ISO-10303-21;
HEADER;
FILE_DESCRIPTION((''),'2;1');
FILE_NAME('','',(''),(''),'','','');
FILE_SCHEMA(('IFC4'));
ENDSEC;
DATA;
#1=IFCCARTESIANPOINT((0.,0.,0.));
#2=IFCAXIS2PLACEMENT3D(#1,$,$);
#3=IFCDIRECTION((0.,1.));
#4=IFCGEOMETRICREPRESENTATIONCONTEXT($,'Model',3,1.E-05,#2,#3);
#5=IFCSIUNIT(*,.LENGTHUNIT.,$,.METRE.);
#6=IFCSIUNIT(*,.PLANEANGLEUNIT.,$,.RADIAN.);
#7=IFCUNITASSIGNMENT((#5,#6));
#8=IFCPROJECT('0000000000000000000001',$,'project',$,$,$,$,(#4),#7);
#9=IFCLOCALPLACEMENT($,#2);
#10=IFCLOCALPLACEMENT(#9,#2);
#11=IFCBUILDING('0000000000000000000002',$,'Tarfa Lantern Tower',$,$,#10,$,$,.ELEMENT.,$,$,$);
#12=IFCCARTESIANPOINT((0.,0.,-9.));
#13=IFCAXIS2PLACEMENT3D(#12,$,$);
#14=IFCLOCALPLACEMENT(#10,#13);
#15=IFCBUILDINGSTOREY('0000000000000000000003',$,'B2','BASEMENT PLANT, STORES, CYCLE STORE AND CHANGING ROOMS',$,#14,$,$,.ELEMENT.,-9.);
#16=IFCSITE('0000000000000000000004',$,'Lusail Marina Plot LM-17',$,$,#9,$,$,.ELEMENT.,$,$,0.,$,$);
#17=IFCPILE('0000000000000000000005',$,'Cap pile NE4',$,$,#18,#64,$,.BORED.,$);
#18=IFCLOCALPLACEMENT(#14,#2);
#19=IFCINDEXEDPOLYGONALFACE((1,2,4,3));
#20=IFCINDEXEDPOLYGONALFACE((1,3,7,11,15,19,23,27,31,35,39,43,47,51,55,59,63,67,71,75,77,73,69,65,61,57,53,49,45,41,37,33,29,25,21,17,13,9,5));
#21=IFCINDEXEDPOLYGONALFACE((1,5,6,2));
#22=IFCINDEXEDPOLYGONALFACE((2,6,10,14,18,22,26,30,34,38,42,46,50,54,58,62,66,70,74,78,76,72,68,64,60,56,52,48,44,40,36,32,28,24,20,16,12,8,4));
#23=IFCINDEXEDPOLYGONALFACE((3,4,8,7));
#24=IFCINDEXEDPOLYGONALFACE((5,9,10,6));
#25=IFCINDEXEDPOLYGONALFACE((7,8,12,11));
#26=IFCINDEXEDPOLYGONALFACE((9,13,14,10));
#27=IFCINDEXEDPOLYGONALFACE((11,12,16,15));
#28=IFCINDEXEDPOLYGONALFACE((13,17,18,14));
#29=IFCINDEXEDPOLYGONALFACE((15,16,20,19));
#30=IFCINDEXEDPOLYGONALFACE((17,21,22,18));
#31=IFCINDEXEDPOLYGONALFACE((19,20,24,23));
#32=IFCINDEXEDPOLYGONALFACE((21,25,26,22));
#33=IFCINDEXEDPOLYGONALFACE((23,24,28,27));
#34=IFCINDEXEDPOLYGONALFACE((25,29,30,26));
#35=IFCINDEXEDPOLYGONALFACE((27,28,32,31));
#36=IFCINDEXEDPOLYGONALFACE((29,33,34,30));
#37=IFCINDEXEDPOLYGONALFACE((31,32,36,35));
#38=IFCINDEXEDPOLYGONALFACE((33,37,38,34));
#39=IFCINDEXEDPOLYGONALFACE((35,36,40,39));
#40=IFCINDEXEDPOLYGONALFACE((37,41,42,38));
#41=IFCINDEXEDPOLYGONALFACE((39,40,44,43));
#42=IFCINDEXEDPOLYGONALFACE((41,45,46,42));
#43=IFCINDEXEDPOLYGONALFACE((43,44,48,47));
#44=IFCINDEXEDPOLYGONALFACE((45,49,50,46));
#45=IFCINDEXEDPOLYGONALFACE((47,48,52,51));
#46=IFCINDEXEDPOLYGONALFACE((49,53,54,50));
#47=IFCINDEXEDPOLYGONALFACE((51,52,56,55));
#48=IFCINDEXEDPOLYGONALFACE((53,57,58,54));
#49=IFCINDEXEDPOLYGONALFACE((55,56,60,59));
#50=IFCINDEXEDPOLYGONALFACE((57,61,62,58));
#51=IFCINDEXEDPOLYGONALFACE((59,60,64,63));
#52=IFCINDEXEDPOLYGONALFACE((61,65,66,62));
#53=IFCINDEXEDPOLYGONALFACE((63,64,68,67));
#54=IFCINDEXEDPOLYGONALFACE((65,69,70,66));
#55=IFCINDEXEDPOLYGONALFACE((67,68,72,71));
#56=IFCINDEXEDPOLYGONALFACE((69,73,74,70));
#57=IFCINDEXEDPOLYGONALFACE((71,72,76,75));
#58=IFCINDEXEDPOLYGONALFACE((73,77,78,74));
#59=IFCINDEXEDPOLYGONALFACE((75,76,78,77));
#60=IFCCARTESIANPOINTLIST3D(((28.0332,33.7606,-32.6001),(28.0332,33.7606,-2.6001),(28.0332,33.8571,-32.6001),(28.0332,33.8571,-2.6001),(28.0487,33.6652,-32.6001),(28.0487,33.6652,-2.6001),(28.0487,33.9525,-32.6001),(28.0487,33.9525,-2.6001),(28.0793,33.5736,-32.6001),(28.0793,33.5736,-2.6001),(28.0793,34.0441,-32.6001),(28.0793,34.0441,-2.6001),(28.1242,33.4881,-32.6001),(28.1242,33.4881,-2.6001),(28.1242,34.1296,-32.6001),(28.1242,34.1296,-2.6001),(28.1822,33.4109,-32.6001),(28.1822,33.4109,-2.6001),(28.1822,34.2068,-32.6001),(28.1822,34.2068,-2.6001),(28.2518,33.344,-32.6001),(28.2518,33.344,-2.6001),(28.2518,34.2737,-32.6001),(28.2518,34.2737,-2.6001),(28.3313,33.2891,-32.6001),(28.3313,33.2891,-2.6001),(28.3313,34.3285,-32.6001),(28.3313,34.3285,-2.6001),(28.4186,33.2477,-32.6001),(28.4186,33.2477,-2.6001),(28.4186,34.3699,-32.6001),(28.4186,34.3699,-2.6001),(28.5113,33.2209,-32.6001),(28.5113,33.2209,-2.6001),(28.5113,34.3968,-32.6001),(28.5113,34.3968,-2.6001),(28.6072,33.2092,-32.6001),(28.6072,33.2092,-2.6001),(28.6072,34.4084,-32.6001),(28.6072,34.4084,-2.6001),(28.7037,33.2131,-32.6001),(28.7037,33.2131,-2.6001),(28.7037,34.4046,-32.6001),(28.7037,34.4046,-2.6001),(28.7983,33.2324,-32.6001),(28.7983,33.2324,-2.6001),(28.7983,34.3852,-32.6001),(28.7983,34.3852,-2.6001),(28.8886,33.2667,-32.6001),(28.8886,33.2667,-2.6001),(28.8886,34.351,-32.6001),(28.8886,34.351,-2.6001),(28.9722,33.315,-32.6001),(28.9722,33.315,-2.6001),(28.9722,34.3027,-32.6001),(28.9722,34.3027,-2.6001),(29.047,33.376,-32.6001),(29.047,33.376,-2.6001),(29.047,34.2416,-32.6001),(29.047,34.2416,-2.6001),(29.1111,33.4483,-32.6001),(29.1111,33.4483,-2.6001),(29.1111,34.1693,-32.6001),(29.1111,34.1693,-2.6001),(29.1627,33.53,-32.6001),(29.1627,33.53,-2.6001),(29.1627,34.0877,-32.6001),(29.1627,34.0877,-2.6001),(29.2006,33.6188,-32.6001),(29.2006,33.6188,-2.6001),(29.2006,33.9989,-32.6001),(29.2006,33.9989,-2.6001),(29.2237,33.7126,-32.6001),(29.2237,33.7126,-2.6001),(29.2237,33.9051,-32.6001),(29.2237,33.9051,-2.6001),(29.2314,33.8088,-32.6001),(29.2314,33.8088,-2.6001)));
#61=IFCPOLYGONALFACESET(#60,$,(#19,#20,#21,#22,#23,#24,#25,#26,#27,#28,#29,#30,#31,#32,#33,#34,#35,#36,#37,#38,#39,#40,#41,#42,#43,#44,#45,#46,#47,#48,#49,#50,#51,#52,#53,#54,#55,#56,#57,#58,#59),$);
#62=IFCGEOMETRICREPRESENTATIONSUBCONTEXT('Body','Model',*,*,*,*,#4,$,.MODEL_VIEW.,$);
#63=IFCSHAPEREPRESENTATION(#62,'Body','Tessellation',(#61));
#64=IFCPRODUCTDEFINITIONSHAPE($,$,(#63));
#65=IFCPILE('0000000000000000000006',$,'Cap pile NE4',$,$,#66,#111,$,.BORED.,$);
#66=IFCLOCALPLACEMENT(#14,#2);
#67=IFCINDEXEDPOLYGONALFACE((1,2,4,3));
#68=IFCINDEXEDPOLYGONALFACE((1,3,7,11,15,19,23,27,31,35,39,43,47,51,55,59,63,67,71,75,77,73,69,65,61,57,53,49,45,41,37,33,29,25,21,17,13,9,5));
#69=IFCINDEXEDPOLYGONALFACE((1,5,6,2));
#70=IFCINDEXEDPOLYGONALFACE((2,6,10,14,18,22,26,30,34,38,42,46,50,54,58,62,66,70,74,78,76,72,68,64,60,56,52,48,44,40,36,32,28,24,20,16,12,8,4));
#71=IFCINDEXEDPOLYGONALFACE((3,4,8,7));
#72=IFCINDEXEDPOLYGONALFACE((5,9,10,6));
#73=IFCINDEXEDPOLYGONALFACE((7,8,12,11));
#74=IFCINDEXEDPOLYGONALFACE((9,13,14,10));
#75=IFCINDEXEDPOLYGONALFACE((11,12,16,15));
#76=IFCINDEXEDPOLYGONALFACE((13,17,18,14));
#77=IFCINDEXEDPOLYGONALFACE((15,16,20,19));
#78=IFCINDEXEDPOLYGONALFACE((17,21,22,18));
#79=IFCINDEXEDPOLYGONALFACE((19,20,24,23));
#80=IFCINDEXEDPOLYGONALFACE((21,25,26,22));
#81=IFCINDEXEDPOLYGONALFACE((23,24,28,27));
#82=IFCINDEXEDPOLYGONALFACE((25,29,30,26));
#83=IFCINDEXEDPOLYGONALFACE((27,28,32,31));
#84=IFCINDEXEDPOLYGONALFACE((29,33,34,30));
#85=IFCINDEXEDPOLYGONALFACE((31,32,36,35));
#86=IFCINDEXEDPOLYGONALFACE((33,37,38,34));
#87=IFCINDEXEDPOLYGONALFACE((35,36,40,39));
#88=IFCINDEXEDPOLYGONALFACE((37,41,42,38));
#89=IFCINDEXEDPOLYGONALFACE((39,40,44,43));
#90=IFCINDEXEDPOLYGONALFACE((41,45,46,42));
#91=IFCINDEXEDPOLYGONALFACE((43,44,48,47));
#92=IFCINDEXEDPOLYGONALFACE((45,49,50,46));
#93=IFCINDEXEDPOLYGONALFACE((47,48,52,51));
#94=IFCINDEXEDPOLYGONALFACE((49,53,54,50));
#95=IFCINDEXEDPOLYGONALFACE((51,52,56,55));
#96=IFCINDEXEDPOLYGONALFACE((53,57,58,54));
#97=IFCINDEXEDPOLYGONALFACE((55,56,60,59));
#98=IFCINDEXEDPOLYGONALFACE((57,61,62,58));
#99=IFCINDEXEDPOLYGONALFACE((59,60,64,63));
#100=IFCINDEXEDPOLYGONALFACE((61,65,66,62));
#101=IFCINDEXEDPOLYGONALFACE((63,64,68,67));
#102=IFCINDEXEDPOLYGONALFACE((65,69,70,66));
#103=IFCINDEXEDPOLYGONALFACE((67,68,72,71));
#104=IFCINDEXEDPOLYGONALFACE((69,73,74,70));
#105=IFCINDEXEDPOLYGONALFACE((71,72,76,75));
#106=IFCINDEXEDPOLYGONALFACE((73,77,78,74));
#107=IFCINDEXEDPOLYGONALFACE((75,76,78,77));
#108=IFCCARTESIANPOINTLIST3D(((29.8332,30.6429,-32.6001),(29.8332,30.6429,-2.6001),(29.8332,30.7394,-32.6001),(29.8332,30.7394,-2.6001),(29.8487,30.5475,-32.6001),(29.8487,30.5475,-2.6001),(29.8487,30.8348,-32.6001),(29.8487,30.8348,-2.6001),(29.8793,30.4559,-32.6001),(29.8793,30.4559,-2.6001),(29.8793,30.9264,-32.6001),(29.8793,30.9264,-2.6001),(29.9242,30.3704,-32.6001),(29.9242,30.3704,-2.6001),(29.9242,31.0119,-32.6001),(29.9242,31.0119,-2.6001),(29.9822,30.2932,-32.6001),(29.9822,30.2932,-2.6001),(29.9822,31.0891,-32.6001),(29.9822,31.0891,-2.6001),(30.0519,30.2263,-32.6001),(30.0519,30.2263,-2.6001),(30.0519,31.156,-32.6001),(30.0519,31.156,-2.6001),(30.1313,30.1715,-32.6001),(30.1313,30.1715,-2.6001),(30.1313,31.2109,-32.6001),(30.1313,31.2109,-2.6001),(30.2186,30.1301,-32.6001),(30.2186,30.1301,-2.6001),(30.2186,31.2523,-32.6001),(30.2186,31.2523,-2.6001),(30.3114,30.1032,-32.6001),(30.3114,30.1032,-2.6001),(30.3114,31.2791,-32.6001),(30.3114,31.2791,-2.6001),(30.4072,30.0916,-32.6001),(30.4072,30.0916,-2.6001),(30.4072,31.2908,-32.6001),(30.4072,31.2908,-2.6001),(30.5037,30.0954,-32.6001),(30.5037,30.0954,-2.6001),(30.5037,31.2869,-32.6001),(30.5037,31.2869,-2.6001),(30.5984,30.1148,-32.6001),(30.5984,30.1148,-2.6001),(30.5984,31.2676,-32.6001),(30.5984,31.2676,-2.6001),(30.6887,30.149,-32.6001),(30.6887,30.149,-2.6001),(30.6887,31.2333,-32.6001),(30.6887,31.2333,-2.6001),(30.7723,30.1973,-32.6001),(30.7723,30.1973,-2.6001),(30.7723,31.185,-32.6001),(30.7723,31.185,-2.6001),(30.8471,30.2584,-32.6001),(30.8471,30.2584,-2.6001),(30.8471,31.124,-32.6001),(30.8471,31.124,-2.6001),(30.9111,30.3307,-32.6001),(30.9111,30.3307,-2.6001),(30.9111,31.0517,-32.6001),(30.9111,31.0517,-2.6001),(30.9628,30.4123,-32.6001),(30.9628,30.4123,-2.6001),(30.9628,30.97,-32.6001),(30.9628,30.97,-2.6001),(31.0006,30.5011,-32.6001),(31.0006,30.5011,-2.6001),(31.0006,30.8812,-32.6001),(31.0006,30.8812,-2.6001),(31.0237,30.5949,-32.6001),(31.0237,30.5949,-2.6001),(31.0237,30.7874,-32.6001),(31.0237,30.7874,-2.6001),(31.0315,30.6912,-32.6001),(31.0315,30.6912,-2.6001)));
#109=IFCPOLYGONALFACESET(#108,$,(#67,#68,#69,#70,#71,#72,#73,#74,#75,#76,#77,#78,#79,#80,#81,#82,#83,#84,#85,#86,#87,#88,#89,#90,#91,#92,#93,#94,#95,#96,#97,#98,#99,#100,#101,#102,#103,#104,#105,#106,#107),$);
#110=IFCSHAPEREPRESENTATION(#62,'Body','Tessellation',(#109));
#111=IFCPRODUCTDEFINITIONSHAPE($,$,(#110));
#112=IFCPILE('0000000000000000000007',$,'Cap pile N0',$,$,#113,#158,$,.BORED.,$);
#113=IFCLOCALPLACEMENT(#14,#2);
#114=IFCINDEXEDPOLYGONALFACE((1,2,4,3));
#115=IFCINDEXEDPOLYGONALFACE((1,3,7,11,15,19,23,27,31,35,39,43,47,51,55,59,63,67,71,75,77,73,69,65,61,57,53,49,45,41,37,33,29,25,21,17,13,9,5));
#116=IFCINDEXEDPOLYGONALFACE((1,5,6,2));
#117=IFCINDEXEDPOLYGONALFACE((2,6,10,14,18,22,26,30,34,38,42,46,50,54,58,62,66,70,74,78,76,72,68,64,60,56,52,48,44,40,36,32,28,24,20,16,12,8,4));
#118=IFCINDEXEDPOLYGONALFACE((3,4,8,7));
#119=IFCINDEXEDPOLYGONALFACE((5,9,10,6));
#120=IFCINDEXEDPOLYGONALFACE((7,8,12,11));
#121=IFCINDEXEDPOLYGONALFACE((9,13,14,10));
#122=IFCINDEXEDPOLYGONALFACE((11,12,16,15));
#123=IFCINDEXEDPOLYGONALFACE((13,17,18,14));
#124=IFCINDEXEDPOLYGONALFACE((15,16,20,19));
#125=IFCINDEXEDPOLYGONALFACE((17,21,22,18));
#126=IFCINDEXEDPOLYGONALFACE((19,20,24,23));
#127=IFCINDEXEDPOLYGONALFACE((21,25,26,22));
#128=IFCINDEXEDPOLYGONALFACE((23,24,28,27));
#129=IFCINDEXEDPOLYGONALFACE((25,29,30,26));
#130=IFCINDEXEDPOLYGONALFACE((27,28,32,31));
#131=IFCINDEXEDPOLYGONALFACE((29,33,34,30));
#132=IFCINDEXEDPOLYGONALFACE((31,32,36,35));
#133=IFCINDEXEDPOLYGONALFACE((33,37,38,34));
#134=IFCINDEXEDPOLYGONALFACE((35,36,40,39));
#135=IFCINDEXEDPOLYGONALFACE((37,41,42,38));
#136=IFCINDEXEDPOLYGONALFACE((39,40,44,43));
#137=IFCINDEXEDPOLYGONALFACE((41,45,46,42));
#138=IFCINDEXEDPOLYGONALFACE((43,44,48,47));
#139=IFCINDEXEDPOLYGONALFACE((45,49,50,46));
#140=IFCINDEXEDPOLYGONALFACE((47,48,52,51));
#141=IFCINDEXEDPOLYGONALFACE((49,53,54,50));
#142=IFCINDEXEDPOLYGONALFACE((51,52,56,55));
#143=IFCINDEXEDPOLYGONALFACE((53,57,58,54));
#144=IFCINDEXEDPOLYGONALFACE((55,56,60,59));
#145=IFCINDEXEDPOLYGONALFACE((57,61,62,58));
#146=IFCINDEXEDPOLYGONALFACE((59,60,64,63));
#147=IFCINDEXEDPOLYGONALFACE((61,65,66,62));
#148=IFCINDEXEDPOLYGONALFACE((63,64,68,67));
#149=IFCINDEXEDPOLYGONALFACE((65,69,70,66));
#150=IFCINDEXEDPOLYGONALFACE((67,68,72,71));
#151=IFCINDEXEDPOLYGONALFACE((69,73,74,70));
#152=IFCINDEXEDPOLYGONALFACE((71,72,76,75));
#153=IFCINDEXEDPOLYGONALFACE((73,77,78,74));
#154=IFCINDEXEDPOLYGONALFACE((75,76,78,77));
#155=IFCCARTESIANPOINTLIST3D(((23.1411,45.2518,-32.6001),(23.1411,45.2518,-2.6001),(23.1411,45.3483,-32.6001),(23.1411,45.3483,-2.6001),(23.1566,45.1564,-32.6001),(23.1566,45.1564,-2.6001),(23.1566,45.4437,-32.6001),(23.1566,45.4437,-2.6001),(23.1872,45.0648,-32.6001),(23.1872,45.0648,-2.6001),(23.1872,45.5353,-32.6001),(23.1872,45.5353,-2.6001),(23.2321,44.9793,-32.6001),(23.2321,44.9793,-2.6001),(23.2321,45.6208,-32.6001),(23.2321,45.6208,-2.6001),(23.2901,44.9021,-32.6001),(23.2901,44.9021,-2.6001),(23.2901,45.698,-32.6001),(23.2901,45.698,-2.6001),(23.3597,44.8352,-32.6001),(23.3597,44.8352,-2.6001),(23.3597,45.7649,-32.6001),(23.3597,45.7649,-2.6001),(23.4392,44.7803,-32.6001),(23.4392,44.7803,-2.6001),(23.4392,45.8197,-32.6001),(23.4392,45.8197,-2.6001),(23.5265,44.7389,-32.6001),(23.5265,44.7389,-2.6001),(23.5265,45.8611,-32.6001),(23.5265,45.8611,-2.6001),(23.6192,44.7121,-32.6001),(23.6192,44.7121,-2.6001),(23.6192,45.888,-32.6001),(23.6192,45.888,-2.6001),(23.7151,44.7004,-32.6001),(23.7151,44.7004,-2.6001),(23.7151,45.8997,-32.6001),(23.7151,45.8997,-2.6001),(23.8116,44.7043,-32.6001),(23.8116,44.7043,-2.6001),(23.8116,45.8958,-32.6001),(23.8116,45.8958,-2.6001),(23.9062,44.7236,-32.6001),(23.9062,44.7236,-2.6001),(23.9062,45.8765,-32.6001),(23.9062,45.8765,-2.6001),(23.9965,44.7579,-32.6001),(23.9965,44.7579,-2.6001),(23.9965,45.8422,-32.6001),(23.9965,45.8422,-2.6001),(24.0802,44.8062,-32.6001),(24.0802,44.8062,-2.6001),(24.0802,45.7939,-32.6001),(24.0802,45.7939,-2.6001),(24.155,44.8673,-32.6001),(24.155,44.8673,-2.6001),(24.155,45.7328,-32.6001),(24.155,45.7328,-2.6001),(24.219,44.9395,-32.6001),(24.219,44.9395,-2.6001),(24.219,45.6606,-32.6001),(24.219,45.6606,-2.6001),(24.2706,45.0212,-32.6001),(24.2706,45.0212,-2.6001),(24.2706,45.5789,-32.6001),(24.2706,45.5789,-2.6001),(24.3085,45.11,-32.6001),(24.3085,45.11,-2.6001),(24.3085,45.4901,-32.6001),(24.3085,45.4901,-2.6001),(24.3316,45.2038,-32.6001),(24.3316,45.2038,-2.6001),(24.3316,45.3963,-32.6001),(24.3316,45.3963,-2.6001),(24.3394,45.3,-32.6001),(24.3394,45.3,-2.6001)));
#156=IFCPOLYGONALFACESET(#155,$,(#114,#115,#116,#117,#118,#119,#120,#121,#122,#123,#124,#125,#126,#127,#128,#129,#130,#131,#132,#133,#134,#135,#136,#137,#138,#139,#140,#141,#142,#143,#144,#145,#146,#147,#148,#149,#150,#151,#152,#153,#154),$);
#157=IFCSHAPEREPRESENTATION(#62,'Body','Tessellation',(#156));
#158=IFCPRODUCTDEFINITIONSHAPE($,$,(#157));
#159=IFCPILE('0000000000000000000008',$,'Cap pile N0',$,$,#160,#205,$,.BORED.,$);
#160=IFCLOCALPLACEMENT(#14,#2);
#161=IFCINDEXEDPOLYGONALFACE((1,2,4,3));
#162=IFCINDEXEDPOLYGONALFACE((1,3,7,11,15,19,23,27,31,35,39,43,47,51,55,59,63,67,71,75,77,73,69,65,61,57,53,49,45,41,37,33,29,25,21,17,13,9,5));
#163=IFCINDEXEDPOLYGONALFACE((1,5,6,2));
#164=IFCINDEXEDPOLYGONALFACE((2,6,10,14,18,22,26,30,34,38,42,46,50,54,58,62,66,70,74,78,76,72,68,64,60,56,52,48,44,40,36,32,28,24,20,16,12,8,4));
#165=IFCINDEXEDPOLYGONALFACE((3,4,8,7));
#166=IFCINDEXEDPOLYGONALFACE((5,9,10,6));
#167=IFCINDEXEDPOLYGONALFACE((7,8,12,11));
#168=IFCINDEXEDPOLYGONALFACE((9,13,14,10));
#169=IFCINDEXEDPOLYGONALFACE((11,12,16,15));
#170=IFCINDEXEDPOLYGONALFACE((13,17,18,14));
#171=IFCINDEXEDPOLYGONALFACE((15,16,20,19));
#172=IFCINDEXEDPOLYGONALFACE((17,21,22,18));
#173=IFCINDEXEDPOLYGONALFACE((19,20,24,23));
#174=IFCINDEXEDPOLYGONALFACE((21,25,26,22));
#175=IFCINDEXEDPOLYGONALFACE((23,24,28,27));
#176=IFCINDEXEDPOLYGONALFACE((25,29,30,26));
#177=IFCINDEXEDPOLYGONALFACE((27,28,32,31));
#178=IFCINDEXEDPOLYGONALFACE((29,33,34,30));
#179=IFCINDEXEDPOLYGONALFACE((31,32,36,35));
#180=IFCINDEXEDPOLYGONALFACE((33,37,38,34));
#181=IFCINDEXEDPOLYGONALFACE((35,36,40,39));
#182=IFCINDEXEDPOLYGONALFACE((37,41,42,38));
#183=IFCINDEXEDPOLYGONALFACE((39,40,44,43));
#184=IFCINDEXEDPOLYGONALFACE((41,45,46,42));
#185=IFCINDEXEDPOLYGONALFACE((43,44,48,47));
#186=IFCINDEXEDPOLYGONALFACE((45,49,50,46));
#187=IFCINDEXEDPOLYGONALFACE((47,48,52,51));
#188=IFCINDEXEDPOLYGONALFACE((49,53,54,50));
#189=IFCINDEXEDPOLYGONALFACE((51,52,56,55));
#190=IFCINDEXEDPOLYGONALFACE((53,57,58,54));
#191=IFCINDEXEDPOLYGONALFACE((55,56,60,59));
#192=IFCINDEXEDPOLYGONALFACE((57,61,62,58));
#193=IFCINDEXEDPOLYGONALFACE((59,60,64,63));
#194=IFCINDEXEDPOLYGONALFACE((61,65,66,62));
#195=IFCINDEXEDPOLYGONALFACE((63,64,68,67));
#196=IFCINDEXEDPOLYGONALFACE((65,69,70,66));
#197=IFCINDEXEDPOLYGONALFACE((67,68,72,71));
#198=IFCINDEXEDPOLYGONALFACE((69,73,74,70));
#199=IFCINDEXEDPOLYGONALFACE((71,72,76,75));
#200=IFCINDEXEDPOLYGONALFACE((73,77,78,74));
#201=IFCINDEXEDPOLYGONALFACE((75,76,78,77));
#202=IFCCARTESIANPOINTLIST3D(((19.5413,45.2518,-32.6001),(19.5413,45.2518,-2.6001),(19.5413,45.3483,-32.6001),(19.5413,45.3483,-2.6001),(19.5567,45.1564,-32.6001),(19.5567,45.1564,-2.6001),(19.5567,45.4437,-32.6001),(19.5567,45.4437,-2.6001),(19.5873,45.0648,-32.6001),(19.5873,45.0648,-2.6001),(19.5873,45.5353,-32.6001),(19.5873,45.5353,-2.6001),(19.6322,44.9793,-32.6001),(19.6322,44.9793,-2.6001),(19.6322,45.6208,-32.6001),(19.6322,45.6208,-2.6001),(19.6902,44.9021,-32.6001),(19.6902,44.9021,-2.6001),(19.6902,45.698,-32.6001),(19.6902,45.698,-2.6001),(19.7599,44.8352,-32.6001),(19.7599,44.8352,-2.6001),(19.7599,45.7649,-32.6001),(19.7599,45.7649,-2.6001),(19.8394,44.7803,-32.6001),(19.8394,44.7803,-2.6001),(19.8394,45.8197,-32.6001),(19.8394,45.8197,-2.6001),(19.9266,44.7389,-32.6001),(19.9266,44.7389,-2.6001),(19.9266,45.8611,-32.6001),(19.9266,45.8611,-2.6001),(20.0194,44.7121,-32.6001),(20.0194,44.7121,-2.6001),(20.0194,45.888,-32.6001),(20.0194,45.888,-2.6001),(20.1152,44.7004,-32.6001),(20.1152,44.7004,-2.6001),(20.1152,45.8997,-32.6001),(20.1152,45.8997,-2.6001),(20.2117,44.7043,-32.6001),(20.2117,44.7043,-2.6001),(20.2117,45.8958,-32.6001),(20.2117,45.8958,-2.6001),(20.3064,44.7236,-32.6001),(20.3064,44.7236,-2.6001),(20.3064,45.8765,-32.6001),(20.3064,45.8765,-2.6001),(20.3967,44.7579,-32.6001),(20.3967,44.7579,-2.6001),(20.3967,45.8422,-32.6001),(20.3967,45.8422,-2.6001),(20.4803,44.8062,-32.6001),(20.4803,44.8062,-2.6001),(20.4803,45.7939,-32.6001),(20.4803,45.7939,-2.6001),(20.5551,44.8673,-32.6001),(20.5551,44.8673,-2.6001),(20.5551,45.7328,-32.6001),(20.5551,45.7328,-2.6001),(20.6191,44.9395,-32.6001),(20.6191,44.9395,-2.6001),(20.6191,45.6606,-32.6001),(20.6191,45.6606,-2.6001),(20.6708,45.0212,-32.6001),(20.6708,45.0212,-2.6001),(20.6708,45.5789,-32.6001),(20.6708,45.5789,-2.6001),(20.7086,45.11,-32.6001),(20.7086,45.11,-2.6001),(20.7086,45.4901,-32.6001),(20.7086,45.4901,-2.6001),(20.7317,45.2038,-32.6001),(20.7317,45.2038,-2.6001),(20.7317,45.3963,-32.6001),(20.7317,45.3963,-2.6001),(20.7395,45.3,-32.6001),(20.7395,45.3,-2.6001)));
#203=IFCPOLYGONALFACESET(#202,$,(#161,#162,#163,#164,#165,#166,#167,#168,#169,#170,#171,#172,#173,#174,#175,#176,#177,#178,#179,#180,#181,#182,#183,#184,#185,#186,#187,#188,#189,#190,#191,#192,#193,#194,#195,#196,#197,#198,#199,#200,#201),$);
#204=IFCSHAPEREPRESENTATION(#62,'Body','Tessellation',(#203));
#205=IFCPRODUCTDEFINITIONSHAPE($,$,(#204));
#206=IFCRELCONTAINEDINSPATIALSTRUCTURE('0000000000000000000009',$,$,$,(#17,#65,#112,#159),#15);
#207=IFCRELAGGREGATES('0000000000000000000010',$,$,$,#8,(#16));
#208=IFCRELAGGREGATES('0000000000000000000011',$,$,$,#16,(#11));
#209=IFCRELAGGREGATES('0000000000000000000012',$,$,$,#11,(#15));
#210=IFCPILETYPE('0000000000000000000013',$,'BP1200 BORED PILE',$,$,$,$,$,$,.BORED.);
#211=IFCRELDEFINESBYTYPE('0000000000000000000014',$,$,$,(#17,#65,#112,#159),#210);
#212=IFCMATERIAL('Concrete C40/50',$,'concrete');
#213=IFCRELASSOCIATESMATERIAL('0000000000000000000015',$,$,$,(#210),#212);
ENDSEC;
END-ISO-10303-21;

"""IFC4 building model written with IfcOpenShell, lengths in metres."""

from ifc_helpers import new_model, si_unit, direction, frame, origin, origin_2d, place, context, subcontext, project, spatial, circle, extrude, material, material_profile, profile_set, type_object, element, save


model = new_model("IFC4")

# Units and contexts
model_context = context("Model", 3, precision=1e-05, world=origin(), true_north=direction((0.0, 1.0)))
body_context = subcontext(model_context, "Body", "Model", "MODEL_VIEW")
ifc_project = project(units=[si_unit("LENGTHUNIT", "METRE"), si_unit("PLANEANGLEUNIT", "RADIAN")], contexts=[model_context])

# Site, building, storey
site_placement = place(None, origin())
site = spatial("IfcSite", under=ifc_project, at=site_placement, Name="Lusail Marina Plot LM-17", CompositionType="ELEMENT", RefElevation=0.0)
building_placement = place(site_placement, origin())
building = spatial("IfcBuilding", under=site, at=building_placement, Name="Tarfa Lantern Tower", CompositionType="ELEMENT")
storey_placement = place(building_placement, frame((0.0, 0.0, -9.0)))
storey = spatial("IfcBuildingStorey", under=building, at=storey_placement, Name="B2", Description="BASEMENT PLANT, STORES, CYCLE STORE AND CHANGING ROOMS", CompositionType="ELEMENT", Elevation=-9.0)

# Piles
ifc_material_1 = material(Name="Concrete C40/50", Category="concrete")
ifc_material_profile_1 = material_profile(ifc_material_1, circle(Radius=0.6001, at=origin_2d()), Name="BORED PILE D1200")
ifc_profile_set_1 = profile_set([ifc_material_profile_1], Name="Concrete C40/50")
pile_type_1 = type_object("IfcPileType", Name="BP1200 BORED PILE", PredefinedType="BORED", material=ifc_profile_set_1)
for number, where, z_axis, x_axis, name in (
    (1, (28.6313, 33.8088, -2.6001), (0.0, 0.0, -1.0), (1.0, 0.0, 0.0), "Cap pile NE4"),
    (2, (30.4314, 30.6912, -2.6001), (0.0, 0.0, -1.0), (1.0, 0.0, 0.0), "Cap pile NE4"),
    (3, (23.7393, 45.3, -2.6001), (0.0, 0.0, -1.0), (1.0, 0.0, 0.0), "Cap pile N0"),
    (4, (20.1394, 45.3, -2.6001), (0.0, 0.0, -1.0), (1.0, 0.0, 0.0), "Cap pile N0"),
):
    element("IfcPile", number, at=place(storey_placement, frame(where, z_axis=z_axis, x_axis=x_axis)), inside=storey, type_object=pile_type_1, Name=name, PredefinedType="BORED", context=body_context, shape_type="SweptSolid", body=[
        extrude(circle(Radius=0.6001, at=origin_2d()), origin(), (0.0, 0.0, 1.0), 30.0),
    ])

save(model, "model.ifc")
